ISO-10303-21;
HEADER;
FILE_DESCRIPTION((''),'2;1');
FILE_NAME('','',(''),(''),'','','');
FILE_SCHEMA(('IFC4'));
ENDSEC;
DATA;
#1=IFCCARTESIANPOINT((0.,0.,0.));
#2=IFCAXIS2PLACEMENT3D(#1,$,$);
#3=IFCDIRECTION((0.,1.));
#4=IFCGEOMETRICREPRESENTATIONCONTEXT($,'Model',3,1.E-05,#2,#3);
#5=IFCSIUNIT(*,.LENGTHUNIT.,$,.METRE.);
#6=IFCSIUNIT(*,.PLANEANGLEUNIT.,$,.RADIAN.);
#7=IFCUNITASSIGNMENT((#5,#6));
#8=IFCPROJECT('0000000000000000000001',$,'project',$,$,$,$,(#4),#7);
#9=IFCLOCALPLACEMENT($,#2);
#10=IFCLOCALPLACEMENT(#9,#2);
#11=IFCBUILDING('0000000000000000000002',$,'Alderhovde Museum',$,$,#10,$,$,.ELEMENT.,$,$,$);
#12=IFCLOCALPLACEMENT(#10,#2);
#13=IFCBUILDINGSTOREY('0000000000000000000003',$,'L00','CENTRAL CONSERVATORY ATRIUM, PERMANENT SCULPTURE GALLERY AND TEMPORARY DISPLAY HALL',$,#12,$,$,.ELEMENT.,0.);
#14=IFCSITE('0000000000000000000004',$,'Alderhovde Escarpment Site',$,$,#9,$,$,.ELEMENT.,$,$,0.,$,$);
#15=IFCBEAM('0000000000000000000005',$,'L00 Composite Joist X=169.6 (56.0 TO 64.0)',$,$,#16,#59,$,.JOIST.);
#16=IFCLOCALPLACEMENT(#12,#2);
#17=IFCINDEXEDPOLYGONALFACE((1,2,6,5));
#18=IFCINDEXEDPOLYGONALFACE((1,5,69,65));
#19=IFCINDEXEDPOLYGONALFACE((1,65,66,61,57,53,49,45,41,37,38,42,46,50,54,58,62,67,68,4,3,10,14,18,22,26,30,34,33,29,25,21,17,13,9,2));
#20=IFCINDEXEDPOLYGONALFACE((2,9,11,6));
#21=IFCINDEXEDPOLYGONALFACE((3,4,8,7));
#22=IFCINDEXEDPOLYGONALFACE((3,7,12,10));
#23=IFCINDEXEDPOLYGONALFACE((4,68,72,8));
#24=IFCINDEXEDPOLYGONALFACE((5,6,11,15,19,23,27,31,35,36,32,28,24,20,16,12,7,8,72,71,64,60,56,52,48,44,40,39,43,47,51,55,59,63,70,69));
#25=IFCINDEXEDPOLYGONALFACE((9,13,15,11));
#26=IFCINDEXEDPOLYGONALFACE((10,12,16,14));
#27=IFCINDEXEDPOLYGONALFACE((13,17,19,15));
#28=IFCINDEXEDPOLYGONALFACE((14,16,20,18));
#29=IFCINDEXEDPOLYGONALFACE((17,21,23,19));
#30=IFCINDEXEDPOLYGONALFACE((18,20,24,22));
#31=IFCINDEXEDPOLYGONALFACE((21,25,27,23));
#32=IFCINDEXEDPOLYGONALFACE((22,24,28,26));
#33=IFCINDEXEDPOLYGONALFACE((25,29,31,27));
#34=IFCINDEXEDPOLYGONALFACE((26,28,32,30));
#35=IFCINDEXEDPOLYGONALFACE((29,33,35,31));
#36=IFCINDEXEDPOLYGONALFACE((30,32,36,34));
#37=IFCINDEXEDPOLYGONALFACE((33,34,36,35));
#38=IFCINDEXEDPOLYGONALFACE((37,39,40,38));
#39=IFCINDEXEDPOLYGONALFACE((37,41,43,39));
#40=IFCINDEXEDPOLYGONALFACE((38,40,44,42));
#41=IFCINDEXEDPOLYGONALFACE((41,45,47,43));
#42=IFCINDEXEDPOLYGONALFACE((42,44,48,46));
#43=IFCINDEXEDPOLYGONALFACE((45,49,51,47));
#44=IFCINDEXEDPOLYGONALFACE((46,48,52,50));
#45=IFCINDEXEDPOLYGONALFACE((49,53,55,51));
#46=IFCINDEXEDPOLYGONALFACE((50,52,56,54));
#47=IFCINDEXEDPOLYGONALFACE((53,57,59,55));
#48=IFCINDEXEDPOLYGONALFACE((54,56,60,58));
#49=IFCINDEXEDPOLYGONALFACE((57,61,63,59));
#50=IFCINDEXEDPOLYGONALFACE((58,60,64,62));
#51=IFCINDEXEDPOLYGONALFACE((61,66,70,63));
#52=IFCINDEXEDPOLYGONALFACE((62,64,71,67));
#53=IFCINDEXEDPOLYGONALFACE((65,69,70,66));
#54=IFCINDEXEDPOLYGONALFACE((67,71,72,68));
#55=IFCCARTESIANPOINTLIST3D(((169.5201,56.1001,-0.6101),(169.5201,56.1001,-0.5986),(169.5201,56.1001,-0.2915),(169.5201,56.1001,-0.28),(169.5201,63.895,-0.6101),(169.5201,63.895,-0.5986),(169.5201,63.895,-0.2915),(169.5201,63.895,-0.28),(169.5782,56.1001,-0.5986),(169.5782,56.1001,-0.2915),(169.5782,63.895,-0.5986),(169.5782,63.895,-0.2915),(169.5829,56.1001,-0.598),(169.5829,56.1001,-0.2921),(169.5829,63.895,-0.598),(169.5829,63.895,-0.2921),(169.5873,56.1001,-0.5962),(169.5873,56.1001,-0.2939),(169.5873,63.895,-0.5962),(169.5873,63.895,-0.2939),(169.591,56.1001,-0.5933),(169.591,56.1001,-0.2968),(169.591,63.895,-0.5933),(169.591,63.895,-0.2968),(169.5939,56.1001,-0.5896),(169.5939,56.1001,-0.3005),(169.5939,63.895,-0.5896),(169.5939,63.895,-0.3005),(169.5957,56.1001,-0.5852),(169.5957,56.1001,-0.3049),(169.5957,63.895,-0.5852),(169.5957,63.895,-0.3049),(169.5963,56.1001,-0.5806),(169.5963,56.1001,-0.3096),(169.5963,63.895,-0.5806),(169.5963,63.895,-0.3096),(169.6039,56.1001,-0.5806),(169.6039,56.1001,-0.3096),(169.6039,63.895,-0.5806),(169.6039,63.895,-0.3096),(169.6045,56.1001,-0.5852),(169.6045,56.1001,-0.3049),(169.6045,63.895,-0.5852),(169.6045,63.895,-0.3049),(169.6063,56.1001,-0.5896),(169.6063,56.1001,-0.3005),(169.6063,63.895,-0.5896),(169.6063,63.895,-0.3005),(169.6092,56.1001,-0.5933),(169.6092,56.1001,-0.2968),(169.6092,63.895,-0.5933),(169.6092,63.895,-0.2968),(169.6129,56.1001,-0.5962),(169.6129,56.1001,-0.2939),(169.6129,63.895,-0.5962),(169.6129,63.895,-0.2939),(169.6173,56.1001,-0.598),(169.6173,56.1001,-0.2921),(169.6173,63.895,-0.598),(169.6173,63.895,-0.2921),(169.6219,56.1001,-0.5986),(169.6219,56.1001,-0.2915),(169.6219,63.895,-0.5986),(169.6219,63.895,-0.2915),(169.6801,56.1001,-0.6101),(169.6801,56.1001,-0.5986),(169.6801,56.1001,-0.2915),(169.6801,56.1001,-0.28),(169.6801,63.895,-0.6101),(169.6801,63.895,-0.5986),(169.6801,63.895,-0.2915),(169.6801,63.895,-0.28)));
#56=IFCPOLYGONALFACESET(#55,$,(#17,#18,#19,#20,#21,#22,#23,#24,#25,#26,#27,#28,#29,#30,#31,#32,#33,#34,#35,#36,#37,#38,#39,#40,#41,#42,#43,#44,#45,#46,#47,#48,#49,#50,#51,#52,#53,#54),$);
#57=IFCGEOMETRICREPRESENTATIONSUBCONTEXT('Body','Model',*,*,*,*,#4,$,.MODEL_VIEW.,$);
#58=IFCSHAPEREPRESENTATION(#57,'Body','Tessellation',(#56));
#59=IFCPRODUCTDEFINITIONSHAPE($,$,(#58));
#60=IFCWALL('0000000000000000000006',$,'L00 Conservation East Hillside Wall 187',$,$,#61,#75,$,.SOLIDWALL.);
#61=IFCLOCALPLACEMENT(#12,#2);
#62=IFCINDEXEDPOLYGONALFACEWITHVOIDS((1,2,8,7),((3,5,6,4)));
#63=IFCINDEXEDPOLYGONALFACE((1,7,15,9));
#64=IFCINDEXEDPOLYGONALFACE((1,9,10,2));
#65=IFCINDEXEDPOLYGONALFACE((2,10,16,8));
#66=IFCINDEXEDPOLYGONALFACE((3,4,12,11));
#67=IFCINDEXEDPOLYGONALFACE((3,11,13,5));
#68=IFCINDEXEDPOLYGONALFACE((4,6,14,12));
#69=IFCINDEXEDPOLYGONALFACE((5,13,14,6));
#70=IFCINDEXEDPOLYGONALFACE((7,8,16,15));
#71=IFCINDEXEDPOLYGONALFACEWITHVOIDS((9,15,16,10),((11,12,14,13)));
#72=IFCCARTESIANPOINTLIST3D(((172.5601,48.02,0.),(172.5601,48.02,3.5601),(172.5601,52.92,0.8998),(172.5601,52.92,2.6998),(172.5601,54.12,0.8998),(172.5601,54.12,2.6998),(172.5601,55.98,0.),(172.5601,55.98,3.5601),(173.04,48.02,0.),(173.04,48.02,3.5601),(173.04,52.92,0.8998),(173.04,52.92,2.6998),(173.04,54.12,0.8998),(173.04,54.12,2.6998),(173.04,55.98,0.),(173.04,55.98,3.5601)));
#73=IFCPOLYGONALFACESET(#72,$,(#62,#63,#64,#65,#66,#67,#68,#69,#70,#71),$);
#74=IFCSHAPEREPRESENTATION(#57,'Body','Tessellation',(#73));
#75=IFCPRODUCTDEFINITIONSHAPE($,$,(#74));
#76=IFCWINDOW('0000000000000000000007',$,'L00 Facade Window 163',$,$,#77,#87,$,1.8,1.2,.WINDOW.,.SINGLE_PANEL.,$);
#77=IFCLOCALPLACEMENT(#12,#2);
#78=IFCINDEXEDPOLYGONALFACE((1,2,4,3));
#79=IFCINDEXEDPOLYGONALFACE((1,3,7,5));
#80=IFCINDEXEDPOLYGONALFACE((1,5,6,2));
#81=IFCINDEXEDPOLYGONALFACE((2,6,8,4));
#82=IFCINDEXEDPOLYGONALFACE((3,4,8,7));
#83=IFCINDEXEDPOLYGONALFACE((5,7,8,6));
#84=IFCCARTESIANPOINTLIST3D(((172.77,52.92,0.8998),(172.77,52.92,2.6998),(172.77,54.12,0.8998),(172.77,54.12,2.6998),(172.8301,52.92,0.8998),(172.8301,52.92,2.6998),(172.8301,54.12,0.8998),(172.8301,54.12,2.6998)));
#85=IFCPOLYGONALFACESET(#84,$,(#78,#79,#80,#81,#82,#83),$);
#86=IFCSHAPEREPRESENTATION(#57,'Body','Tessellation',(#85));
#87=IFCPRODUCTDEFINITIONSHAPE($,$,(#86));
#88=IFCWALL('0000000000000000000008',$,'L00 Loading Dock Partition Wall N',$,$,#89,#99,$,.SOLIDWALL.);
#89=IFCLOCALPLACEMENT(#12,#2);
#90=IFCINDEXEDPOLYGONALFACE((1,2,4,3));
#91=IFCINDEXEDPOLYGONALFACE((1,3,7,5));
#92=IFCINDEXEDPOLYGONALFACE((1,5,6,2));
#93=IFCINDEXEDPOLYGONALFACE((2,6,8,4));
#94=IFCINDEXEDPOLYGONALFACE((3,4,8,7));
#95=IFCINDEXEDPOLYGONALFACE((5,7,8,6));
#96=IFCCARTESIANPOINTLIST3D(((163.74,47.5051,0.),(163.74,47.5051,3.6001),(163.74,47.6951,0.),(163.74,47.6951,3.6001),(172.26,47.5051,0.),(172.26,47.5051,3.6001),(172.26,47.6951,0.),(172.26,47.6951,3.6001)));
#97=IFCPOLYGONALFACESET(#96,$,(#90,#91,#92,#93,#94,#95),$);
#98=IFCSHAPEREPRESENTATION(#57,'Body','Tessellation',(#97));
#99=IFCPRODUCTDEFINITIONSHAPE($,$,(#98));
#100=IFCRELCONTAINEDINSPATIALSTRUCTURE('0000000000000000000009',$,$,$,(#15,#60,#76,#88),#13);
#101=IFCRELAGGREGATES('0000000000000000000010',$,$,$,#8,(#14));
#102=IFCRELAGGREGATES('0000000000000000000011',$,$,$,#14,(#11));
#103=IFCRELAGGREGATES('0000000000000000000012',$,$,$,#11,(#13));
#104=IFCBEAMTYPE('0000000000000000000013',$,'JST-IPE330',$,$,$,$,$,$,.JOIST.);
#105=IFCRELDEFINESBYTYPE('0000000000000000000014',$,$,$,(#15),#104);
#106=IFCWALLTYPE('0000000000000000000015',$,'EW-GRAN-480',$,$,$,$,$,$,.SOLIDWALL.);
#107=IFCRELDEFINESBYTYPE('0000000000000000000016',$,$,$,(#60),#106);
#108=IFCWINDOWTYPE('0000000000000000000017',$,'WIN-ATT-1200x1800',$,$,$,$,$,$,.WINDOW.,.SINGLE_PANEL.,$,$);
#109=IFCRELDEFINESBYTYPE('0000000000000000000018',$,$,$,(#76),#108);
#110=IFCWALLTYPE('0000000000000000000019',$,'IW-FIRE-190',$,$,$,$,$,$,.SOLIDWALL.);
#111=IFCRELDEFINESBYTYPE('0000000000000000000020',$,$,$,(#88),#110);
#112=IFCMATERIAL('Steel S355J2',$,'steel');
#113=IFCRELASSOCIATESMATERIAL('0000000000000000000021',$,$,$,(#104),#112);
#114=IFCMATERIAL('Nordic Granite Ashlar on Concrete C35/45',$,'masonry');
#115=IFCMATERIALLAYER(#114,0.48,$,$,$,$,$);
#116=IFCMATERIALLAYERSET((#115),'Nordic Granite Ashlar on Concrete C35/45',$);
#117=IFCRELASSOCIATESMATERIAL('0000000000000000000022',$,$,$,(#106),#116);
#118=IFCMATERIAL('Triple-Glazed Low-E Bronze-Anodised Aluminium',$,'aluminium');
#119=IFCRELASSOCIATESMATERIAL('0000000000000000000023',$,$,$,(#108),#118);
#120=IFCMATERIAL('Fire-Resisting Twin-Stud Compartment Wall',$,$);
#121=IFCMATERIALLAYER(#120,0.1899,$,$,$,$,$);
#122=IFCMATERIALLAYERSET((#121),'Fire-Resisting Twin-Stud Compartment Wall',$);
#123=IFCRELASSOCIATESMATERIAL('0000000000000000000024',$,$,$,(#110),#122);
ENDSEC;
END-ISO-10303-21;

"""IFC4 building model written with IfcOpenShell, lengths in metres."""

from ifc_helpers import new_model, si_unit, direction, frame, frame_2d, origin, origin_2d, place, context, subcontext, project, spatial, rectangle, i_section, extrude, material, layer, layer_set, material_profile, profile_set, type_object, element, fill, save


model = new_model("IFC4")

# Units and contexts
model_context = context("Model", 3, precision=1e-05, world=origin(), true_north=direction((0.0, 1.0)))
body_context = subcontext(model_context, "Body", "Model", "MODEL_VIEW")
ifc_project = project(units=[si_unit("LENGTHUNIT", "METRE"), si_unit("PLANEANGLEUNIT", "RADIAN")], contexts=[model_context])

# Site, building, storey
site_placement = place(None, origin())
site = spatial("IfcSite", under=ifc_project, at=site_placement, Name="Alderhovde Escarpment Site", CompositionType="ELEMENT", RefElevation=0.0)
building_placement = place(site_placement, origin())
building = spatial("IfcBuilding", under=site, at=building_placement, Name="Alderhovde Museum", CompositionType="ELEMENT")
storey_placement = place(building_placement, origin())
storey = spatial("IfcBuildingStorey", under=building, at=storey_placement, Name="L00", Description="CENTRAL CONSERVATORY ATRIUM, PERMANENT SCULPTURE GALLERY AND TEMPORARY DISPLAY HALL", CompositionType="ELEMENT", Elevation=0.0)

# Beam
ifc_material_1 = material(Name="Steel S355J2", Category="steel")
ifc_material_profile_1 = material_profile(ifc_material_1, i_section(OverallWidth=0.1599, OverallDepth=0.3301, WebThickness=0.0076, FlangeThickness=0.0115, FilletRadius=0.0181, at=origin_2d()), Name="IPE 330")
ifc_profile_set_1 = profile_set([ifc_material_profile_1], Name="Steel S355J2")
beam_type_1 = type_object("IfcBeamType", Name="JST-IPE330", PredefinedType="JOIST", material=ifc_profile_set_1)
for number, where, z_axis, x_axis, name in (
    (1, (169.6001, 56.1001, -0.4451), (0.0, 1.0, 0.0), (-1.0, 0.0, 0.0), "L00 Composite Joist X=169.6 (56.0 TO 64.0)"),
):
    element("IfcBeam", number, at=place(storey_placement, frame(where, z_axis=z_axis, x_axis=x_axis)), inside=storey, type_object=beam_type_1, Name=name, PredefinedType="JOIST", context=body_context, shape_type="SweptSolid", body=[
        extrude(i_section(OverallWidth=0.1599, OverallDepth=0.3301, WebThickness=0.0076, FlangeThickness=0.0115, FilletRadius=0.0181, at=origin_2d()), origin(), (0.0, 0.0, 1.0), 7.7949),
    ])

# Wall, opening, window
ifc_material_2 = material(Name="Nordic Granite Ashlar on Concrete C35/45", Category="masonry")
ifc_layer_1 = layer(ifc_material_2, 0.48)
ifc_layer_set_1 = layer_set([ifc_layer_1], Name="Nordic Granite Ashlar on Concrete C35/45")
wall_type_1 = type_object("IfcWallType", Name="EW-GRAN-480", PredefinedType="SOLIDWALL", material=ifc_layer_set_1)
wall_1_placement = place(storey_placement, frame((172.8, 48.02, 0.0), z_axis=(0.0, 0.0, 1.0), x_axis=(0.0, 1.0, 0.0)))
wall_1 = element("IfcWall", 2, at=wall_1_placement, inside=storey, type_object=wall_type_1, Name="L00 Conservation East Hillside Wall 187", PredefinedType="SOLIDWALL", context=body_context, shape_type="SweptSolid", body=[
    extrude(rectangle(XDim=7.96, YDim=0.48, at=frame_2d((3.98, 0.0))), origin(), (0.0, 0.0, 1.0), 3.5601),
])
opening_1_placement = place(wall_1_placement, frame((4.8999, 0.0, 0.8999)))
opening_1 = element("IfcOpeningElement", 3, at=opening_1_placement, cuts=wall_1, PredefinedType="OPENING", context=body_context, shape_type="SweptSolid", body=[
    extrude(rectangle(XDim=1.2, YDim=1.8, at=frame_2d((0.6001, 0.8999))), frame((0.0, 0.25, 0.0), z_axis=(0.0, -1.0, 0.0), x_axis=(1.0, 0.0, 0.0)), (0.0, 0.0, 1.0), 0.5),
])
ifc_material_3 = material(Name="Triple-Glazed Low-E Bronze-Anodised Aluminium", Category="aluminium")
window_type = type_object("IfcWindowType", Name="WIN-ATT-1200x1800", PartitioningType="SINGLE_PANEL", PredefinedType="WINDOW", material=ifc_material_3)
window_placement = place(opening_1_placement, origin())
window = element("IfcWindow", 4, at=window_placement, inside=storey, type_object=window_type, Name="L00 Facade Window 163", OverallHeight=1.8, OverallWidth=1.2, PartitioningType="SINGLE_PANEL", PredefinedType="WINDOW", context=body_context, shape_type="SweptSolid", body=[
    extrude(rectangle(XDim=1.2, YDim=1.8, at=frame_2d((0.6001, 0.8999))), frame((0.0, 0.03, 0.0), z_axis=(0.0, -1.0, 0.0), x_axis=(1.0, 0.0, 0.0)), (0.0, 0.0, 1.0), 0.0601),
])
fill(opening_1, window)

# Wall
ifc_material_4 = material(Name="Fire-Resisting Twin-Stud Compartment Wall")
ifc_layer_2 = layer(ifc_material_4, 0.1899)
ifc_layer_set_2 = layer_set([ifc_layer_2], Name="Fire-Resisting Twin-Stud Compartment Wall")
wall_type_2 = type_object("IfcWallType", Name="IW-FIRE-190", PredefinedType="SOLIDWALL", material=ifc_layer_set_2)
wall_2_placement = place(storey_placement, frame((163.74, 47.6001, 0.0), z_axis=(0.0, 0.0, 1.0), x_axis=(1.0, 0.0, 0.0)))
element("IfcWall", 5, at=wall_2_placement, inside=storey, type_object=wall_type_2, Name="L00 Loading Dock Partition Wall N", PredefinedType="SOLIDWALL", context=body_context, shape_type="SweptSolid", body=[
    extrude(rectangle(XDim=8.52, YDim=0.1899, at=frame_2d((4.26, 0.0))), origin(), (0.0, 0.0, 1.0), 3.6001),
])

save(model, "model.ifc")
